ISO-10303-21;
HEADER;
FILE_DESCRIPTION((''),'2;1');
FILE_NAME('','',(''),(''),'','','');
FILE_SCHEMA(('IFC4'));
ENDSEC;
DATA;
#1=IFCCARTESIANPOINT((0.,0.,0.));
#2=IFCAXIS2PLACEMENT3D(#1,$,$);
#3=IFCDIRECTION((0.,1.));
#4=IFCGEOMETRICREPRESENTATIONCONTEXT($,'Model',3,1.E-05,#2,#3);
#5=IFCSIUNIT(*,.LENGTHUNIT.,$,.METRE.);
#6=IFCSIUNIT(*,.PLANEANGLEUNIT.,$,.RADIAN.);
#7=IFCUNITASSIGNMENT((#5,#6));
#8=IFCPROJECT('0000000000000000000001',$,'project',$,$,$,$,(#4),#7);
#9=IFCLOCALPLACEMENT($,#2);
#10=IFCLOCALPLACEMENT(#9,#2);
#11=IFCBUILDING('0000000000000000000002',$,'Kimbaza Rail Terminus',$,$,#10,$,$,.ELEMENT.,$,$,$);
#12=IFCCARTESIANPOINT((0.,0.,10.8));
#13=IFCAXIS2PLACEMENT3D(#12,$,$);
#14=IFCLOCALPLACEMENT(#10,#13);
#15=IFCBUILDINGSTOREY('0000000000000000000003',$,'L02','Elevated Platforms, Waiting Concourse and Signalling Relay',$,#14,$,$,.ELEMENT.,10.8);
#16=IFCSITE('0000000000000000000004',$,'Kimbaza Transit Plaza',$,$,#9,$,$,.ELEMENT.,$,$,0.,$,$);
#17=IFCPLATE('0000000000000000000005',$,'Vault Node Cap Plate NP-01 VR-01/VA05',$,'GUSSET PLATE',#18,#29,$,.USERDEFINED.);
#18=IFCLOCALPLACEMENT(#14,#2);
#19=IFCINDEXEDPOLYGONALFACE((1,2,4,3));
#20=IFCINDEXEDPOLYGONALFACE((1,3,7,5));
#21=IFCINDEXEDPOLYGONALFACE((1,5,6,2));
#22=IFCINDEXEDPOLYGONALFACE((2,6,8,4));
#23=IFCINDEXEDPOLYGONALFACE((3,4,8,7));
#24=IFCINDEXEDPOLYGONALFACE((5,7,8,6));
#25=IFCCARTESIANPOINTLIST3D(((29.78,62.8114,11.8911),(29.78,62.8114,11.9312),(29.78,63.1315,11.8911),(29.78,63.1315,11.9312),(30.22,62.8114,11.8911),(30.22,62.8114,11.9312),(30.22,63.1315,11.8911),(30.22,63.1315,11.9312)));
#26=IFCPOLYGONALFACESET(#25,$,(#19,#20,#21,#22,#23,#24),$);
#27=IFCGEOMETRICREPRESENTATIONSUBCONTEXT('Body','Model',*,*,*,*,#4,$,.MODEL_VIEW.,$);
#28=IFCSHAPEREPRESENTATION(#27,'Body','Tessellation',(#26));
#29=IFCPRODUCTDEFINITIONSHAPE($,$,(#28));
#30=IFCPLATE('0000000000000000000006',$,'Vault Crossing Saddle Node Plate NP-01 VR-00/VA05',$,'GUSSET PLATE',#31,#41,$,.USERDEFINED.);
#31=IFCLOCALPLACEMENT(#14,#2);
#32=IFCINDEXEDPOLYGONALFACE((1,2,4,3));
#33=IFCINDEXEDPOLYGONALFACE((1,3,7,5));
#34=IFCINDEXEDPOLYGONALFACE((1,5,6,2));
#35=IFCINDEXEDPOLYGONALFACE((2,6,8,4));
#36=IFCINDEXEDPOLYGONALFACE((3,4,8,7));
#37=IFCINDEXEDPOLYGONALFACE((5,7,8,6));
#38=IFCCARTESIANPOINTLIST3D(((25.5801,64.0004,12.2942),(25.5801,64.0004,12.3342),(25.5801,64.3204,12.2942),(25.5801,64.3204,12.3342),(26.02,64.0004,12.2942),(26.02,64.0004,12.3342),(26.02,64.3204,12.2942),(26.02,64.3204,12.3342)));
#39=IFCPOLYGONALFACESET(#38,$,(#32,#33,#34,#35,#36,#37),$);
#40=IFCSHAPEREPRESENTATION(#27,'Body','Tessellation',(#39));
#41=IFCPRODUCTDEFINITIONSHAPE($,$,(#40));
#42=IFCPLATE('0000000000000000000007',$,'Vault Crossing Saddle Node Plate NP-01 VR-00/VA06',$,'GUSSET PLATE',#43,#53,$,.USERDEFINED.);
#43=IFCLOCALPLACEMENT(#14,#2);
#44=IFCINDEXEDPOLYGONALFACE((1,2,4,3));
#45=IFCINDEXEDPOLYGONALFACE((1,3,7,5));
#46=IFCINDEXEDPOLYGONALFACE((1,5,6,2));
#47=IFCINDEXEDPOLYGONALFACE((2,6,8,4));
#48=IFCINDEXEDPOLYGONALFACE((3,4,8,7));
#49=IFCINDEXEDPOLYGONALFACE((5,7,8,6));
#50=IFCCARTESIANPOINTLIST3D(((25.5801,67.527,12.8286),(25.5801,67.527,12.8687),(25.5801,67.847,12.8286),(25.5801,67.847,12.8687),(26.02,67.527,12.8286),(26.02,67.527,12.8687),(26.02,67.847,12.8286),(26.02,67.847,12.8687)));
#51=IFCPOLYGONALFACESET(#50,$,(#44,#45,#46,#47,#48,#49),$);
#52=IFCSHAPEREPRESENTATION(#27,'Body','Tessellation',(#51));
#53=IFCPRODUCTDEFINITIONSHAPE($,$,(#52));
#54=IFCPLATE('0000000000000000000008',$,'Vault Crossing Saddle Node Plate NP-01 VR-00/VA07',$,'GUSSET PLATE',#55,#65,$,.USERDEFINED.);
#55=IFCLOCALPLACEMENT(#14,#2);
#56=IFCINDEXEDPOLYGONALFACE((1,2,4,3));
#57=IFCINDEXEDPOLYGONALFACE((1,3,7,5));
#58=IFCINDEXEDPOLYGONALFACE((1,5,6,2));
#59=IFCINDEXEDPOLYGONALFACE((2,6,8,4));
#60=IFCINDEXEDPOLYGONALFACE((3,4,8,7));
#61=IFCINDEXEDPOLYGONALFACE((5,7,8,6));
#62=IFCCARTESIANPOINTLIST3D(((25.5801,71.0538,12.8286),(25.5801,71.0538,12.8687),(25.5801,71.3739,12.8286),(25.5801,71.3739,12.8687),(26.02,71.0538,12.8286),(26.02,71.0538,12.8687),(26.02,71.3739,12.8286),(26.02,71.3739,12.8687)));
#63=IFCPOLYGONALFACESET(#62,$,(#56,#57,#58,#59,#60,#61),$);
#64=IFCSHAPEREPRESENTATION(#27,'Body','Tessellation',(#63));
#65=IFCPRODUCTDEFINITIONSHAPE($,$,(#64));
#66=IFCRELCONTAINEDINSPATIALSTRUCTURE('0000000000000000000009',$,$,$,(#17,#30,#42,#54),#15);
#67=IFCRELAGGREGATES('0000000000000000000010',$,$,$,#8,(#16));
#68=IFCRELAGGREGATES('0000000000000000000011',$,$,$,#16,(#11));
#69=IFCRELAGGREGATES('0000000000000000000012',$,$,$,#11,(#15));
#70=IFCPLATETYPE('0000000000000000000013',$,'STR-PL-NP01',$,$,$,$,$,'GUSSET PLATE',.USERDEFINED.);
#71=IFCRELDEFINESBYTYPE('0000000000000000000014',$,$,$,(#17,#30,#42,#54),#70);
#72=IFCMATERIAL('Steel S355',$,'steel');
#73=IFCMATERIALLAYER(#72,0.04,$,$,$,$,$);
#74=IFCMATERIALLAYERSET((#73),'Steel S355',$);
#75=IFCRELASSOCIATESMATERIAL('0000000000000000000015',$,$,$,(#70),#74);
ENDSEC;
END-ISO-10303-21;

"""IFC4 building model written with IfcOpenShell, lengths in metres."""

from ifc_helpers import new_model, si_unit, direction, frame, origin, origin_2d, place, context, subcontext, project, spatial, rectangle, extrude, material, layer, layer_set, type_object, element, save


model = new_model("IFC4")

# Units and contexts
model_context = context("Model", 3, precision=1e-05, world=origin(), true_north=direction((0.0, 1.0)))
body_context = subcontext(model_context, "Body", "Model", "MODEL_VIEW")
ifc_project = project(units=[si_unit("LENGTHUNIT", "METRE"), si_unit("PLANEANGLEUNIT", "RADIAN")], contexts=[model_context])

# Site, building, storey
site_placement = place(None, origin())
site = spatial("IfcSite", under=ifc_project, at=site_placement, Name="Kimbaza Transit Plaza", CompositionType="ELEMENT", RefElevation=0.0)
building_placement = place(site_placement, origin())
building = spatial("IfcBuilding", under=site, at=building_placement, Name="Kimbaza Rail Terminus", CompositionType="ELEMENT")
storey_placement = place(building_placement, frame((0.0, 0.0, 10.8)))
storey = spatial("IfcBuildingStorey", under=building, at=storey_placement, Name="L02", Description="Elevated Platforms, Waiting Concourse and Signalling Relay", CompositionType="ELEMENT", Elevation=10.8)

# Plates
ifc_material_1 = material(Name="Steel S355", Category="steel")
ifc_layer_1 = layer(ifc_material_1, 0.04)
ifc_layer_set_1 = layer_set([ifc_layer_1], Name="Steel S355")
plate_type_1 = type_object("IfcPlateType", Name="STR-PL-NP01", ElementType="GUSSET PLATE", PredefinedType="USERDEFINED", material=ifc_layer_set_1)
for number, where, z_axis, x_axis, name in (
    (1, (30.0, 62.9714, 11.8911), (0.0, 0.0, 1.0), (1.0, 0.0, 0.0), "Vault Node Cap Plate NP-01 VR-01/VA05"),
    (2, (25.8, 64.1604, 12.2942), (0.0, 0.0, 1.0), (1.0, 0.0, 0.0), "Vault Crossing Saddle Node Plate NP-01 VR-00/VA05"),
    (3, (25.8, 67.687, 12.8286), (0.0, 0.0, 1.0), (1.0, 0.0, 0.0), "Vault Crossing Saddle Node Plate NP-01 VR-00/VA06"),
    (4, (25.8, 71.2139, 12.8286), (0.0, 0.0, 1.0), (1.0, 0.0, 0.0), "Vault Crossing Saddle Node Plate NP-01 VR-00/VA07"),
):
    element("IfcPlate", number, at=place(storey_placement, frame(where, z_axis=z_axis, x_axis=x_axis)), inside=storey, type_object=plate_type_1, Name=name, ObjectType="GUSSET PLATE", PredefinedType="USERDEFINED", context=body_context, shape_type="SweptSolid", body=[
        extrude(rectangle(XDim=0.4399, YDim=0.3201, at=origin_2d()), origin(), (0.0, 0.0, 1.0), 0.04),
    ])

save(model, "model.ifc")
